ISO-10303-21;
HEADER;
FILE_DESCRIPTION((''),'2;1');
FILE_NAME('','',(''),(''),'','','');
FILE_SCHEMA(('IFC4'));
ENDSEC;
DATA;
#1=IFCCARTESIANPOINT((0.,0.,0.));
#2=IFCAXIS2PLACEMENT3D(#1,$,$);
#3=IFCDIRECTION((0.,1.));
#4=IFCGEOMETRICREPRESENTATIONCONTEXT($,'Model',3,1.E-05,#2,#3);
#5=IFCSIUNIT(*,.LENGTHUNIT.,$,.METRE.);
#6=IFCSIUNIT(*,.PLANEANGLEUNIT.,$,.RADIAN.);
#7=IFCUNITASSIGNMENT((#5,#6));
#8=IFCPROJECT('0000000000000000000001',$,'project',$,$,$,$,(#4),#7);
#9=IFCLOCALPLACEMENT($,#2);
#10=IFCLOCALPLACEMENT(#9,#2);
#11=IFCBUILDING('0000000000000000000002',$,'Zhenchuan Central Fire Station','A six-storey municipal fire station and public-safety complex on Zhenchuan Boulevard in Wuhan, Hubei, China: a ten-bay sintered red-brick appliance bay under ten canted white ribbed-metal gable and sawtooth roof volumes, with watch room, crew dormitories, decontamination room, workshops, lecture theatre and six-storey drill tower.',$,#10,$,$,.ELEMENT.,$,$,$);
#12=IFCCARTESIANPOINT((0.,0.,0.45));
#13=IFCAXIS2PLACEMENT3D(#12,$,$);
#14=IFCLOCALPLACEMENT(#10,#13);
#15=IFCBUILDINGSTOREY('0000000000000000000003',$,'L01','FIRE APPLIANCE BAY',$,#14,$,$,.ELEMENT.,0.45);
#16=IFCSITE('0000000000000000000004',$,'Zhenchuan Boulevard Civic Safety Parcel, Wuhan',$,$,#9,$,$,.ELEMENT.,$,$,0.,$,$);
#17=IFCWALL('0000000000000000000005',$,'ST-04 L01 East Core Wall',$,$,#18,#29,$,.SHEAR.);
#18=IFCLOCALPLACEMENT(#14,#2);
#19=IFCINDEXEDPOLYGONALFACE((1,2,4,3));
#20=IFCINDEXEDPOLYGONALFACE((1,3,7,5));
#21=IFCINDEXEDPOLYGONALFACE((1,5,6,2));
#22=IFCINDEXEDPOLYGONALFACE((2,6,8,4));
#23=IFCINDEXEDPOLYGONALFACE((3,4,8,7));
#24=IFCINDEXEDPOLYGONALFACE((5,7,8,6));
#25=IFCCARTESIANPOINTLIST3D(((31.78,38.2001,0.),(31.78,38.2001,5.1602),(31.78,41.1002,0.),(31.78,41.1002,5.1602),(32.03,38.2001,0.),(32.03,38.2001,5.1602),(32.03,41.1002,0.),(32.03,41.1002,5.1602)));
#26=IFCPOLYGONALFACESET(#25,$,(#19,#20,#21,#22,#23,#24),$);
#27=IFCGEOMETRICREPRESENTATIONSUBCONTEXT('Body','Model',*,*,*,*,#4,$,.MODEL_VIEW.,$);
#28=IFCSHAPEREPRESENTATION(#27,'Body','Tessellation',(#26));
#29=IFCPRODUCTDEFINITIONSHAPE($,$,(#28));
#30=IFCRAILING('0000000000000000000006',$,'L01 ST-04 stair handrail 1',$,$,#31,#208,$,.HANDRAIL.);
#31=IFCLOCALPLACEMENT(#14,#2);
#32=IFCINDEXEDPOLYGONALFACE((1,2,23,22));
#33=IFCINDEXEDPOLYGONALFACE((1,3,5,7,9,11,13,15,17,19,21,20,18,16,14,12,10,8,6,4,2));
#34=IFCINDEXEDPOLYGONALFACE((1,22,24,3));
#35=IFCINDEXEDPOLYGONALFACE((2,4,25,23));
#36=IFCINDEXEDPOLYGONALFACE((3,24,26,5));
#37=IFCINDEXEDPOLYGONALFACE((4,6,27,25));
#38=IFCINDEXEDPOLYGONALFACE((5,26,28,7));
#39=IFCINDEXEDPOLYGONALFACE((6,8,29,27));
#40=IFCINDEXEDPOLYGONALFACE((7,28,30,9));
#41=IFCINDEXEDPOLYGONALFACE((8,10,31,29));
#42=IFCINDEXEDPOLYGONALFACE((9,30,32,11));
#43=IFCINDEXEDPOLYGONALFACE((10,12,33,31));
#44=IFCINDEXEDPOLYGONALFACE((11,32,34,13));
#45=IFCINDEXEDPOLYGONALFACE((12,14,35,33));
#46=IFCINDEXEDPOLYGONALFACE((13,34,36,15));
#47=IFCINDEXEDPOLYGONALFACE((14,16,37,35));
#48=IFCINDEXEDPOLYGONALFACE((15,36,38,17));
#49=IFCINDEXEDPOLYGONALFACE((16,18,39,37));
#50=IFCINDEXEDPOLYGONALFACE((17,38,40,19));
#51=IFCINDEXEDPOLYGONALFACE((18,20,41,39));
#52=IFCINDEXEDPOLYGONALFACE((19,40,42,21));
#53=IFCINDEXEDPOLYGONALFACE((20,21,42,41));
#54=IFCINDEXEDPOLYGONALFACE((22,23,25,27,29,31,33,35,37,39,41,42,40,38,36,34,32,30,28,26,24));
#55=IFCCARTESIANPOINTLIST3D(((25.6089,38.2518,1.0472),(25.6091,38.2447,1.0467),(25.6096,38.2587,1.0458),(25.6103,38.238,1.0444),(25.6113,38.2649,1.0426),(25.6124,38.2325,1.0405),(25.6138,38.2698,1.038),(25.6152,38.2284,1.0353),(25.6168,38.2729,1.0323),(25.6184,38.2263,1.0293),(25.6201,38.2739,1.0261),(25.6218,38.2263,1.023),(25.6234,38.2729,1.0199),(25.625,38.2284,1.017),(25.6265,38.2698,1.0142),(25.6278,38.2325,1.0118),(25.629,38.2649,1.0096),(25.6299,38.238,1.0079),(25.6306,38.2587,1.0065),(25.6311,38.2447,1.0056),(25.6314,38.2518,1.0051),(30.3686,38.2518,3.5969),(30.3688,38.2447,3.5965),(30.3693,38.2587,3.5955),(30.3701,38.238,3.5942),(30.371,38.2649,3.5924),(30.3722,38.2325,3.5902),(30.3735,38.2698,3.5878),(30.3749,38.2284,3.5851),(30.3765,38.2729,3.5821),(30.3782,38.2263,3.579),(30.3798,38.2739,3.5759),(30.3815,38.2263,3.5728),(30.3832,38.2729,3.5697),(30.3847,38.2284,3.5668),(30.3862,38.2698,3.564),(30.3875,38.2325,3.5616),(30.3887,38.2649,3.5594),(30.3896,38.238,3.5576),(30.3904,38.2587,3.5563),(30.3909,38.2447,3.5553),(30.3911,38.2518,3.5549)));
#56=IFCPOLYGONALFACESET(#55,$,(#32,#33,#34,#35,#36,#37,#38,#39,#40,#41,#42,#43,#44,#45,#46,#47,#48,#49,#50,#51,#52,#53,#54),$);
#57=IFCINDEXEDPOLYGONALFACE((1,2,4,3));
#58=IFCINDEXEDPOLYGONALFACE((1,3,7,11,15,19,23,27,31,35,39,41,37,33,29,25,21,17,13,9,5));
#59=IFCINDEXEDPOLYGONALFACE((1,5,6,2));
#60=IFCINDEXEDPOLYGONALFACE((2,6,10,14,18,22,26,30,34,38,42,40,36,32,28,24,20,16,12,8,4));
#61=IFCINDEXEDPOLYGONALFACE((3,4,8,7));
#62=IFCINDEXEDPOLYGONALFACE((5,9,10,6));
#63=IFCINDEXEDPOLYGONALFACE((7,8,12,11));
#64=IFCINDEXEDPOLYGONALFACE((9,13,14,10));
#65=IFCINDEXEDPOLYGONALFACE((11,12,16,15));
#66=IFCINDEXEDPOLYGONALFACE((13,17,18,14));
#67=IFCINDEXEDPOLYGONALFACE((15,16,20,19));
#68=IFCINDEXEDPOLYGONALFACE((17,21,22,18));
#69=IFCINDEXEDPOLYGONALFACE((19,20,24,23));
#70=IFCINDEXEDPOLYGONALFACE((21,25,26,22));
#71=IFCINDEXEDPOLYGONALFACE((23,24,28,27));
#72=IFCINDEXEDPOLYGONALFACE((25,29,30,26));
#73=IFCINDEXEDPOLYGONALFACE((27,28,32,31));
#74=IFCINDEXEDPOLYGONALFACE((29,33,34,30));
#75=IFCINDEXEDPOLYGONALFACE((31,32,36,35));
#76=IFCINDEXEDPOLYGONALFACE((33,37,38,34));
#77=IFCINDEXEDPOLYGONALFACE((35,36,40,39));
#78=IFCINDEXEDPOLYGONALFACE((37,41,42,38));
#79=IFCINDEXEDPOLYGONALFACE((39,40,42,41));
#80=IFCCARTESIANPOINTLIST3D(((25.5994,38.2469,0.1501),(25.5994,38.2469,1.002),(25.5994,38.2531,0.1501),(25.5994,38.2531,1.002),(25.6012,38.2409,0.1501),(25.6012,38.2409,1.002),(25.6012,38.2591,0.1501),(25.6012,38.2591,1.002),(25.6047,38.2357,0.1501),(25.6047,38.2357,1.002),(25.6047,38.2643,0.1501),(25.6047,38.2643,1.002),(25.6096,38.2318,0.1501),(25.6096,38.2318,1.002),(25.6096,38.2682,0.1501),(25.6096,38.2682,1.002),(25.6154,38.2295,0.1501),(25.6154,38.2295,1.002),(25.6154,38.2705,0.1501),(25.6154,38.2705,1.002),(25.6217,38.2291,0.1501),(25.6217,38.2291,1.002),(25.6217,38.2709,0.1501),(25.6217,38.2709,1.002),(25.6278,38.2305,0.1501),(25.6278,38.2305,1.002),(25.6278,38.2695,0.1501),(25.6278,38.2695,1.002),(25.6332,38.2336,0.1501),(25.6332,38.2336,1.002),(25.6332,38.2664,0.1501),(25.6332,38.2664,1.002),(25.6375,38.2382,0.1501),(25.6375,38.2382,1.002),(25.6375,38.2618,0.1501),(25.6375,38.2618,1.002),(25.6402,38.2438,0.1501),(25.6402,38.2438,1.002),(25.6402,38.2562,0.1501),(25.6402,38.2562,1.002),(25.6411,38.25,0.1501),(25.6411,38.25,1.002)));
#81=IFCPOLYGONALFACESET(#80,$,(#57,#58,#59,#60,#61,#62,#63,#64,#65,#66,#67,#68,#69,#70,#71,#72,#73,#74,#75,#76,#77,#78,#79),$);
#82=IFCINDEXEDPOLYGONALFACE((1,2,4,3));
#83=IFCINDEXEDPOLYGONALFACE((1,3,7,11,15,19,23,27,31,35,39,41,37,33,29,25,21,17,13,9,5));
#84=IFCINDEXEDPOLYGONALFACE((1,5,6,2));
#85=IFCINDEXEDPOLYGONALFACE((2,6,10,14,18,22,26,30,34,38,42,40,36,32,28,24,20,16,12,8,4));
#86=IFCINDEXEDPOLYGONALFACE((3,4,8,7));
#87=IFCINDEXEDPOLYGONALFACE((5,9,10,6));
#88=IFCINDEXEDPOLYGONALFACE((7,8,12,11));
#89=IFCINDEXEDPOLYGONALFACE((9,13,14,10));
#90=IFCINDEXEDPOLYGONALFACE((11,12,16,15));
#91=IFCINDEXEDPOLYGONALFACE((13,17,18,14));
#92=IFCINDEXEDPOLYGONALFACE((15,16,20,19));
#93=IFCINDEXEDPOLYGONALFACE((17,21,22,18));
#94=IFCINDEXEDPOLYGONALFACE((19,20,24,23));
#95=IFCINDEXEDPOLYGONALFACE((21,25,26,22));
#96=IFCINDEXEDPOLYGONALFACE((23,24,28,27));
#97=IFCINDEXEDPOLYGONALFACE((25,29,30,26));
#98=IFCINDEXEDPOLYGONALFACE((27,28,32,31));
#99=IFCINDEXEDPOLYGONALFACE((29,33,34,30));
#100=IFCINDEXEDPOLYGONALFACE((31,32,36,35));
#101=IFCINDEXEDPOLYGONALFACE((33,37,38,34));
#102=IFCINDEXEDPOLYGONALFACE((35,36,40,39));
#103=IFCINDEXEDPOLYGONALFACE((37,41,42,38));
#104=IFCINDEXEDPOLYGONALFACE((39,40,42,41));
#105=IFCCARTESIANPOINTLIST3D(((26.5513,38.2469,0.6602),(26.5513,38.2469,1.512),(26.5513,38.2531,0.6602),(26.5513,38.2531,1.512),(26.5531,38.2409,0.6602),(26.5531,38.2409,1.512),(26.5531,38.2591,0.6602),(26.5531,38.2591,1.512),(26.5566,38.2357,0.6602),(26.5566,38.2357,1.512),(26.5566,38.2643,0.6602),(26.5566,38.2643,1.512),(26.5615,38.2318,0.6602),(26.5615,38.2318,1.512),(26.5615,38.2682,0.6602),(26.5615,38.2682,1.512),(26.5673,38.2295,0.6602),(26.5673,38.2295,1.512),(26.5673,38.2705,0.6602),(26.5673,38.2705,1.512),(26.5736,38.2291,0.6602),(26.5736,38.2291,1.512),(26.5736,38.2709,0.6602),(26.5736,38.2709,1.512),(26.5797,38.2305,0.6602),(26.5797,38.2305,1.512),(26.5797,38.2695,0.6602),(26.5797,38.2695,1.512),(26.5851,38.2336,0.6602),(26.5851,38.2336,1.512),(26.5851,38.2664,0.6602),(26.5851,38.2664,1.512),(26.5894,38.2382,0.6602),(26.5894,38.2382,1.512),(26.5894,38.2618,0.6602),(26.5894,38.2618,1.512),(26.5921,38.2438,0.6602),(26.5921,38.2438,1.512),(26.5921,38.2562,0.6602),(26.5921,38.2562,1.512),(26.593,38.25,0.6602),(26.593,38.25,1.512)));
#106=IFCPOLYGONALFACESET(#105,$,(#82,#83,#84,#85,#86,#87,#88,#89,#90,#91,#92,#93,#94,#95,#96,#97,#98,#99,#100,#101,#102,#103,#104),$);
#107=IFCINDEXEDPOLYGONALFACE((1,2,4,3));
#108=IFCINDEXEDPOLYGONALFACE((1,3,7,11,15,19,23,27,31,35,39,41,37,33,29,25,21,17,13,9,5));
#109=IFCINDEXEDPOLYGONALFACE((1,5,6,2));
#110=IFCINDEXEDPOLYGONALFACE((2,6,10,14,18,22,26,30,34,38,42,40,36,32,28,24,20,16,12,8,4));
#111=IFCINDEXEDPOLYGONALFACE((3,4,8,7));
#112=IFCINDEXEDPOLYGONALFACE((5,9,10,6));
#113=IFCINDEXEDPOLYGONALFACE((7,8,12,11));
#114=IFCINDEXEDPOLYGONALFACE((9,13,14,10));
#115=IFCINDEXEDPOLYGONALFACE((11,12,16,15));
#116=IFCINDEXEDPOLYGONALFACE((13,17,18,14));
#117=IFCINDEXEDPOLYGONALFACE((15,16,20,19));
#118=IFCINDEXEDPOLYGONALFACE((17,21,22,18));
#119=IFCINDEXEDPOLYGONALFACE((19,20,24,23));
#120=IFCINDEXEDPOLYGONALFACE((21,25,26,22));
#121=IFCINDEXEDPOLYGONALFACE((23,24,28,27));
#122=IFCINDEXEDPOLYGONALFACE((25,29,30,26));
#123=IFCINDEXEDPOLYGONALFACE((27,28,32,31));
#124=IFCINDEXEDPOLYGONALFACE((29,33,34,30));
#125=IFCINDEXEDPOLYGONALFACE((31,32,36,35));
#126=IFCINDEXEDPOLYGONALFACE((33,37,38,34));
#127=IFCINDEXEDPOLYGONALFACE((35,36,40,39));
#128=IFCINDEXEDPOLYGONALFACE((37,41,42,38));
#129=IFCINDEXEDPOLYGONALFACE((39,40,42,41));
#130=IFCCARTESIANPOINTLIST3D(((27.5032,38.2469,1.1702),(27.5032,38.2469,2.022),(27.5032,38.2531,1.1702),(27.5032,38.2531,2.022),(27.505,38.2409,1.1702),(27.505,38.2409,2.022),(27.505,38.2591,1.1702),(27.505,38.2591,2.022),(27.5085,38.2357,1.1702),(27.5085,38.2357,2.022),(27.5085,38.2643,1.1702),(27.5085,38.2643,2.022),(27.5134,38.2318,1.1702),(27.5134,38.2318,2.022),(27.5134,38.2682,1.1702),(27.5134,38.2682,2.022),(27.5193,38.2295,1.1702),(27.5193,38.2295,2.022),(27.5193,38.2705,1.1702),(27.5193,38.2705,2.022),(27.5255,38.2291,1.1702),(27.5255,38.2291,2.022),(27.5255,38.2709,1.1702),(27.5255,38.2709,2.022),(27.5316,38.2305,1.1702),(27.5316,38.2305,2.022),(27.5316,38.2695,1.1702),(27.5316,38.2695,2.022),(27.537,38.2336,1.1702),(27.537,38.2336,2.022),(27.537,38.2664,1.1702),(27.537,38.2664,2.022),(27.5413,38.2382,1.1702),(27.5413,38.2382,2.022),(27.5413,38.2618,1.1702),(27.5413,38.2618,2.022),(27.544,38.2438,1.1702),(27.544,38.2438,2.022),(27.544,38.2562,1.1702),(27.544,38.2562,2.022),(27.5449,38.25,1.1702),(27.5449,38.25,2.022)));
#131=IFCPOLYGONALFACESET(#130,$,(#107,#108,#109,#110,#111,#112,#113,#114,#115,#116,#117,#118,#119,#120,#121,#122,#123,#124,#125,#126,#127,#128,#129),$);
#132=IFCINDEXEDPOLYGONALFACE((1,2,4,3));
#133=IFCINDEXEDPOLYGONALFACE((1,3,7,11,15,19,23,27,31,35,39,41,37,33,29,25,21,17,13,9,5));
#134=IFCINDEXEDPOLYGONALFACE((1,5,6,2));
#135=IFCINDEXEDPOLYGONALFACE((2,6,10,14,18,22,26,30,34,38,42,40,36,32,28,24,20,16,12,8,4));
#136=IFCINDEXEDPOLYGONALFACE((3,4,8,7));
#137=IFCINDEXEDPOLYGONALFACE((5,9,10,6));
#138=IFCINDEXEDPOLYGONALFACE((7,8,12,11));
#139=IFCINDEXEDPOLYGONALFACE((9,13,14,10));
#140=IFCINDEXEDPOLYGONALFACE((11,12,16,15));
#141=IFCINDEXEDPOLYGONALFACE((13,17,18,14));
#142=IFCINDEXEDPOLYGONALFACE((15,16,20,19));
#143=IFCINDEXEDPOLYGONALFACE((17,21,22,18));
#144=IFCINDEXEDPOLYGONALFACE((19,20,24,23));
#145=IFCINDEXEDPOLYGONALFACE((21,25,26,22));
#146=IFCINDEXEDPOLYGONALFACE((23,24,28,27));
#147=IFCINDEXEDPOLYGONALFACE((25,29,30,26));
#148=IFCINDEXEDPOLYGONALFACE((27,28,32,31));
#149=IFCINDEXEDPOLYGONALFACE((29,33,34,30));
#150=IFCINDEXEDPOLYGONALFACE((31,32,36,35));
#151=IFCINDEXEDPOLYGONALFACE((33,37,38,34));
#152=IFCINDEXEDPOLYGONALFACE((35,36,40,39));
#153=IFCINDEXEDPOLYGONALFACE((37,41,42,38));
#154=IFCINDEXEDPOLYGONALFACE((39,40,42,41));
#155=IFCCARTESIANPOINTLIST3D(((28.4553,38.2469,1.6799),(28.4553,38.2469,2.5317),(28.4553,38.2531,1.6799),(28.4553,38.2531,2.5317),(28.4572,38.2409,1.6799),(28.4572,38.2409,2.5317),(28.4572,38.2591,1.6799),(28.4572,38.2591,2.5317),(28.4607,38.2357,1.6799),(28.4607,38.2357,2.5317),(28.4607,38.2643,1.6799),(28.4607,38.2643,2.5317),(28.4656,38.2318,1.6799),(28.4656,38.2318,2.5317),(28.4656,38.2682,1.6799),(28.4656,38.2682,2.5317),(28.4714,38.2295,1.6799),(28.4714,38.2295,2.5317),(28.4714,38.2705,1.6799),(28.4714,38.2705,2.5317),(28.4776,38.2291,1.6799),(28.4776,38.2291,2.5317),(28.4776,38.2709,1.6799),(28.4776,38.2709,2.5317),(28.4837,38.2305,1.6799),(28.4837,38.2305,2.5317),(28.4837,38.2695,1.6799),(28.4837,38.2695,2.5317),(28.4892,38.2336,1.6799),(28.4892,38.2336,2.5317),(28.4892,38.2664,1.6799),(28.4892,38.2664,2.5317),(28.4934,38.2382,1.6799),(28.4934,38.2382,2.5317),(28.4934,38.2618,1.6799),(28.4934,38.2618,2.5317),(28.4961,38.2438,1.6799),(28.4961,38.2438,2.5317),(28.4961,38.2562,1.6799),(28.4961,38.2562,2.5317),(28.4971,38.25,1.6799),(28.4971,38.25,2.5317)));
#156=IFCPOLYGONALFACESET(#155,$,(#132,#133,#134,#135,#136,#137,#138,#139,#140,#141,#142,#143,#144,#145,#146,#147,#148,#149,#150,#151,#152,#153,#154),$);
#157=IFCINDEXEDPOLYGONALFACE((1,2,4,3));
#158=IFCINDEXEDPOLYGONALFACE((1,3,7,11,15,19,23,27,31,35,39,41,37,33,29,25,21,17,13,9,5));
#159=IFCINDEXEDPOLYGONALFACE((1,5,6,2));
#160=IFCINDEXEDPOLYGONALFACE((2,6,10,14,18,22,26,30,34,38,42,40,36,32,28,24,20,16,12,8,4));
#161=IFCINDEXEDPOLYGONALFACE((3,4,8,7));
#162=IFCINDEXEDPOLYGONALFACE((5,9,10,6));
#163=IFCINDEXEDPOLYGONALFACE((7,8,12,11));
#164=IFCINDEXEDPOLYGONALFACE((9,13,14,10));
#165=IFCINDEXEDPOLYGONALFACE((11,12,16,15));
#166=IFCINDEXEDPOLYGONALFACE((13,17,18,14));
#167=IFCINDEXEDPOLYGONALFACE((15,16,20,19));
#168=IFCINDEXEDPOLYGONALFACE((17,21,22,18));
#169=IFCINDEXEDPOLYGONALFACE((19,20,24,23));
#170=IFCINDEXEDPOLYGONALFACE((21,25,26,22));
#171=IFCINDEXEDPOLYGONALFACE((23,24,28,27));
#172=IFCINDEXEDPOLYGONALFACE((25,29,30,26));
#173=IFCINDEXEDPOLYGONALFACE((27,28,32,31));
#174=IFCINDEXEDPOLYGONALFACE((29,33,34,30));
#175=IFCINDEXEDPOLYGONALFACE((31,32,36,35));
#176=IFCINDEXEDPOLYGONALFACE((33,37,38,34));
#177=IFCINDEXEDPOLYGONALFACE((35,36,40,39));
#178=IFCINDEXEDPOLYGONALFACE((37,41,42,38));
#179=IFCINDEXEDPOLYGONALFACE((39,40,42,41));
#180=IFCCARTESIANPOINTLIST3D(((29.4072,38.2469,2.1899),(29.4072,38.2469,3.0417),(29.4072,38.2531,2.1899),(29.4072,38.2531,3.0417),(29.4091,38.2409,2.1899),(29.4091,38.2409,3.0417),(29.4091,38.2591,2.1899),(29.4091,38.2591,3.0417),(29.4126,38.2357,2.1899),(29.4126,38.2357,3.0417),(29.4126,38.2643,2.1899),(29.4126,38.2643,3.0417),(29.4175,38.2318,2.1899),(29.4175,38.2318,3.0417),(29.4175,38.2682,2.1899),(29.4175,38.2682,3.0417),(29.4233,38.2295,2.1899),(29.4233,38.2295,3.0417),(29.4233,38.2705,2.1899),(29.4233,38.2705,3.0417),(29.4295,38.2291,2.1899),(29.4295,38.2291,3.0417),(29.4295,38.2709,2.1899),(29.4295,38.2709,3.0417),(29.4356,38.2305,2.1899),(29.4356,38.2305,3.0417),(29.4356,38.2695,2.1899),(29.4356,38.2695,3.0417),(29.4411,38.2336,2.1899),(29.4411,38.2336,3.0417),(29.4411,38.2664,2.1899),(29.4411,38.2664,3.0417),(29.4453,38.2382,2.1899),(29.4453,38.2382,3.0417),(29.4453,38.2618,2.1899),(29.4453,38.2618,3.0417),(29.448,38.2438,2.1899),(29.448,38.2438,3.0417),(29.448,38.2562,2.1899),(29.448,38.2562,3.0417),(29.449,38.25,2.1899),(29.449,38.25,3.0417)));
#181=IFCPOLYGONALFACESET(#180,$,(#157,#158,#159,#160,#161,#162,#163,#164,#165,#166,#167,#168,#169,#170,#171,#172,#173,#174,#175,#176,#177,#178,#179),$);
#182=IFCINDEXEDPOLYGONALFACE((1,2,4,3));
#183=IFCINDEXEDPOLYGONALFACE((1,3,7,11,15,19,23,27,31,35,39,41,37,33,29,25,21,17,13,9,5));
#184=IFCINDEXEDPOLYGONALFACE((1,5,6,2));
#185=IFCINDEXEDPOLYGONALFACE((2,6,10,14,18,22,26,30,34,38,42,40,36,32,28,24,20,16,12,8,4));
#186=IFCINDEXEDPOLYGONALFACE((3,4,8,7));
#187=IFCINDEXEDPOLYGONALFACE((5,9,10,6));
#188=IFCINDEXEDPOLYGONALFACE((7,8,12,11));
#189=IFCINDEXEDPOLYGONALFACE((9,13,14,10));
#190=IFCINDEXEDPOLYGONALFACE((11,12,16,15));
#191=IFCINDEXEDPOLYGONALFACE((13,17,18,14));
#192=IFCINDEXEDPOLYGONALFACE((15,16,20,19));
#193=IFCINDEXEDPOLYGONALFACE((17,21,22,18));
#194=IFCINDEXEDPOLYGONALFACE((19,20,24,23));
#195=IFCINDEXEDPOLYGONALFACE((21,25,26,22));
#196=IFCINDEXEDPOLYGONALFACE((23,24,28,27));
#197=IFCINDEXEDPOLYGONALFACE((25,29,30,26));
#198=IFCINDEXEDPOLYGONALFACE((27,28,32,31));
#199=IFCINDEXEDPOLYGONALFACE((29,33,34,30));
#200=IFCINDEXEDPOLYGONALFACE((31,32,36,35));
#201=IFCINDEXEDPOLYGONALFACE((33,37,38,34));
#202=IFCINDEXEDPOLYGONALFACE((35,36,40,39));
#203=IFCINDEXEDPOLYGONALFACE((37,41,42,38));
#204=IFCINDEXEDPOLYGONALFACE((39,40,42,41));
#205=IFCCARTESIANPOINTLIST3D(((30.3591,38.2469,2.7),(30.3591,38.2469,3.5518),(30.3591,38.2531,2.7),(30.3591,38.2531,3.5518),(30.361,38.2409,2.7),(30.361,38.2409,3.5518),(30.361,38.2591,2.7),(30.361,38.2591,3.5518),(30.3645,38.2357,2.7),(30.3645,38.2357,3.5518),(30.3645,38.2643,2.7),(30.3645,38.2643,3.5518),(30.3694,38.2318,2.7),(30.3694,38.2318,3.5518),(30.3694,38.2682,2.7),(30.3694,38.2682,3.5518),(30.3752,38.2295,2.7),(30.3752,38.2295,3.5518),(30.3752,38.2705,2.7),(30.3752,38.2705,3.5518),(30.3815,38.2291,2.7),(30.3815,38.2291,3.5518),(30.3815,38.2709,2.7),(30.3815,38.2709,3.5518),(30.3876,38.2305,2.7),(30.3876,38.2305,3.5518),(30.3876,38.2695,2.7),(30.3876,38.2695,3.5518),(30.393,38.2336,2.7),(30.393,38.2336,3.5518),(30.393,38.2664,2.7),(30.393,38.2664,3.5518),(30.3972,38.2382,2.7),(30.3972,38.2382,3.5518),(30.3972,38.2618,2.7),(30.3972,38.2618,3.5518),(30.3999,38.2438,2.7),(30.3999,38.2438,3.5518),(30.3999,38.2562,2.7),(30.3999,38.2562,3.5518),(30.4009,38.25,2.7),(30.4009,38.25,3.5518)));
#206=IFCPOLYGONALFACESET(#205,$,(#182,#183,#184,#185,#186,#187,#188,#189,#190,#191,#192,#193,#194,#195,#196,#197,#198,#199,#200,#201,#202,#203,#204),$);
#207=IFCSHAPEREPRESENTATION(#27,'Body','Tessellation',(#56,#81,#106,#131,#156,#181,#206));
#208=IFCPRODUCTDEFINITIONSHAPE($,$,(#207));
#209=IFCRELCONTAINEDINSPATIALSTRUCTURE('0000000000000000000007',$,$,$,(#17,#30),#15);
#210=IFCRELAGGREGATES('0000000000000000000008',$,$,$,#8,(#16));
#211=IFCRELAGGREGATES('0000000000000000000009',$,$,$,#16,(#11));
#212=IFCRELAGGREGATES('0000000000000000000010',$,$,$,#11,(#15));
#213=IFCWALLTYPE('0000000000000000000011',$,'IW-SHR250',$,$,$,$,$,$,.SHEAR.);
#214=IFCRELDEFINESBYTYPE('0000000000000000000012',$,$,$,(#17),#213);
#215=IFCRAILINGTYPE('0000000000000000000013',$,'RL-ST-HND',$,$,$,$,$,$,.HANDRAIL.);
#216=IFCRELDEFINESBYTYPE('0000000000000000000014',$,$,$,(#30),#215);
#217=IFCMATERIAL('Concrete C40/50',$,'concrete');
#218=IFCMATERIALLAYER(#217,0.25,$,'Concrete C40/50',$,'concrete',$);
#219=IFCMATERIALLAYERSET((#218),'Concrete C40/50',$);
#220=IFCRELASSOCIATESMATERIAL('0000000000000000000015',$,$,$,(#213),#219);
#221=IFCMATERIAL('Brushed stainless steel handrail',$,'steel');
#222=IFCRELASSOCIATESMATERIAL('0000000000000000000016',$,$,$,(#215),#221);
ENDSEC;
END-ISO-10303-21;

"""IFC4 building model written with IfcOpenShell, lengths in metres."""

from ifc_helpers import new_model, si_unit, direction, frame, frame_2d, origin, origin_2d, place, context, subcontext, project, spatial, rectangle, circle, extrude, material, layer, layer_set, type_object, element, save


model = new_model("IFC4")

# Units and contexts
model_context = context("Model", 3, precision=1e-05, world=origin(), true_north=direction((0.0, 1.0)))
body_context = subcontext(model_context, "Body", "Model", "MODEL_VIEW")
ifc_project = project(units=[si_unit("LENGTHUNIT", "METRE"), si_unit("PLANEANGLEUNIT", "RADIAN")], contexts=[model_context])

# Site, building, storey
site_placement = place(None, origin())
site = spatial("IfcSite", under=ifc_project, at=site_placement, Name="Zhenchuan Boulevard Civic Safety Parcel, Wuhan", CompositionType="ELEMENT", RefElevation=0.0)
building_placement = place(site_placement, origin())
building = spatial("IfcBuilding", under=site, at=building_placement, Name="Zhenchuan Central Fire Station", Description="A six-storey municipal fire station and public-safety complex on Zhenchuan Boulevard in Wuhan, Hubei, China: a ten-bay sintered red-brick appliance bay under ten canted white ribbed-metal gable and sawtooth roof volumes, with watch room, crew dormitories, decontamination room, workshops, lecture theatre and six-storey drill tower.", CompositionType="ELEMENT")
storey_placement = place(building_placement, frame((0.0, 0.0, 0.45)))
storey = spatial("IfcBuildingStorey", under=building, at=storey_placement, Name="L01", Description="FIRE APPLIANCE BAY", CompositionType="ELEMENT", Elevation=0.45)

# Shared definitions
ifc_material_1 = material(Name="Concrete C40/50", Category="concrete")

# Shared definitions
ifc_layer_1 = layer(ifc_material_1, 0.25, Name="Concrete C40/50", Category="concrete")
ifc_layer_set_1 = layer_set([ifc_layer_1], Name="Concrete C40/50")
wall_type_1 = type_object("IfcWallType", Name="IW-SHR250", PredefinedType="SHEAR", material=ifc_layer_set_1)

# Wall
for number, where, z_axis, x_axis, name in (
    (1, (31.905, 38.2, 0.0), (0.0, 0.0, 1.0), (0.0, 1.0, 0.0), "ST-04 L01 East Core Wall"),
):
    element("IfcWall", number, at=place(storey_placement, frame(where, z_axis=z_axis, x_axis=x_axis)), inside=storey, type_object=wall_type_1, Name=name, PredefinedType="SHEAR", context=body_context, shape_type="SweptSolid", body=[
        extrude(rectangle(XDim=2.9001, YDim=0.25, at=frame_2d((1.4502, 0.0))), origin(), (0.0, 0.0, 1.0), 5.1602),
    ])

# Railing
ifc_material_2 = material(Name="Brushed stainless steel handrail", Category="steel")
railing_type = type_object("IfcRailingType", Name="RL-ST-HND", PredefinedType="HANDRAIL", material=ifc_material_2)
railing_placement = place(storey_placement, frame((25.6201, 38.25, 0.1501)))
element("IfcRailing", 2, at=railing_placement, inside=storey, type_object=railing_type, Name="L01 ST-04 stair handrail 1", PredefinedType="HANDRAIL", context=body_context, shape_type="SweptSolid", body=[
    extrude(circle(Radius=0.0239, at=origin_2d()), frame((0.0, 0.0, 0.876), z_axis=(0.881485, 0.0, 0.472211), x_axis=(0.0, 1.0, 0.0)), (0.0, 0.0, 1.0), 5.3997),
    extrude(circle(Radius=0.021, at=origin_2d()), origin(), (0.0, 0.0, 1.0), 0.8518),
    extrude(circle(Radius=0.021, at=origin_2d()), frame((0.9519, 0.0, 0.51)), (0.0, 0.0, 1.0), 0.8518),
    extrude(circle(Radius=0.021, at=origin_2d()), frame((1.9038, 0.0, 1.02)), (0.0, 0.0, 1.0), 0.8518),
    extrude(circle(Radius=0.021, at=origin_2d()), frame((2.856, 0.0, 1.5298)), (0.0, 0.0, 1.0), 0.8518),
    extrude(circle(Radius=0.021, at=origin_2d()), frame((3.8079, 0.0, 2.0398)), (0.0, 0.0, 1.0), 0.8518),
    extrude(circle(Radius=0.021, at=origin_2d()), frame((4.7598, 0.0, 2.5498)), (0.0, 0.0, 1.0), 0.8518),
])

save(model, "model.ifc")
